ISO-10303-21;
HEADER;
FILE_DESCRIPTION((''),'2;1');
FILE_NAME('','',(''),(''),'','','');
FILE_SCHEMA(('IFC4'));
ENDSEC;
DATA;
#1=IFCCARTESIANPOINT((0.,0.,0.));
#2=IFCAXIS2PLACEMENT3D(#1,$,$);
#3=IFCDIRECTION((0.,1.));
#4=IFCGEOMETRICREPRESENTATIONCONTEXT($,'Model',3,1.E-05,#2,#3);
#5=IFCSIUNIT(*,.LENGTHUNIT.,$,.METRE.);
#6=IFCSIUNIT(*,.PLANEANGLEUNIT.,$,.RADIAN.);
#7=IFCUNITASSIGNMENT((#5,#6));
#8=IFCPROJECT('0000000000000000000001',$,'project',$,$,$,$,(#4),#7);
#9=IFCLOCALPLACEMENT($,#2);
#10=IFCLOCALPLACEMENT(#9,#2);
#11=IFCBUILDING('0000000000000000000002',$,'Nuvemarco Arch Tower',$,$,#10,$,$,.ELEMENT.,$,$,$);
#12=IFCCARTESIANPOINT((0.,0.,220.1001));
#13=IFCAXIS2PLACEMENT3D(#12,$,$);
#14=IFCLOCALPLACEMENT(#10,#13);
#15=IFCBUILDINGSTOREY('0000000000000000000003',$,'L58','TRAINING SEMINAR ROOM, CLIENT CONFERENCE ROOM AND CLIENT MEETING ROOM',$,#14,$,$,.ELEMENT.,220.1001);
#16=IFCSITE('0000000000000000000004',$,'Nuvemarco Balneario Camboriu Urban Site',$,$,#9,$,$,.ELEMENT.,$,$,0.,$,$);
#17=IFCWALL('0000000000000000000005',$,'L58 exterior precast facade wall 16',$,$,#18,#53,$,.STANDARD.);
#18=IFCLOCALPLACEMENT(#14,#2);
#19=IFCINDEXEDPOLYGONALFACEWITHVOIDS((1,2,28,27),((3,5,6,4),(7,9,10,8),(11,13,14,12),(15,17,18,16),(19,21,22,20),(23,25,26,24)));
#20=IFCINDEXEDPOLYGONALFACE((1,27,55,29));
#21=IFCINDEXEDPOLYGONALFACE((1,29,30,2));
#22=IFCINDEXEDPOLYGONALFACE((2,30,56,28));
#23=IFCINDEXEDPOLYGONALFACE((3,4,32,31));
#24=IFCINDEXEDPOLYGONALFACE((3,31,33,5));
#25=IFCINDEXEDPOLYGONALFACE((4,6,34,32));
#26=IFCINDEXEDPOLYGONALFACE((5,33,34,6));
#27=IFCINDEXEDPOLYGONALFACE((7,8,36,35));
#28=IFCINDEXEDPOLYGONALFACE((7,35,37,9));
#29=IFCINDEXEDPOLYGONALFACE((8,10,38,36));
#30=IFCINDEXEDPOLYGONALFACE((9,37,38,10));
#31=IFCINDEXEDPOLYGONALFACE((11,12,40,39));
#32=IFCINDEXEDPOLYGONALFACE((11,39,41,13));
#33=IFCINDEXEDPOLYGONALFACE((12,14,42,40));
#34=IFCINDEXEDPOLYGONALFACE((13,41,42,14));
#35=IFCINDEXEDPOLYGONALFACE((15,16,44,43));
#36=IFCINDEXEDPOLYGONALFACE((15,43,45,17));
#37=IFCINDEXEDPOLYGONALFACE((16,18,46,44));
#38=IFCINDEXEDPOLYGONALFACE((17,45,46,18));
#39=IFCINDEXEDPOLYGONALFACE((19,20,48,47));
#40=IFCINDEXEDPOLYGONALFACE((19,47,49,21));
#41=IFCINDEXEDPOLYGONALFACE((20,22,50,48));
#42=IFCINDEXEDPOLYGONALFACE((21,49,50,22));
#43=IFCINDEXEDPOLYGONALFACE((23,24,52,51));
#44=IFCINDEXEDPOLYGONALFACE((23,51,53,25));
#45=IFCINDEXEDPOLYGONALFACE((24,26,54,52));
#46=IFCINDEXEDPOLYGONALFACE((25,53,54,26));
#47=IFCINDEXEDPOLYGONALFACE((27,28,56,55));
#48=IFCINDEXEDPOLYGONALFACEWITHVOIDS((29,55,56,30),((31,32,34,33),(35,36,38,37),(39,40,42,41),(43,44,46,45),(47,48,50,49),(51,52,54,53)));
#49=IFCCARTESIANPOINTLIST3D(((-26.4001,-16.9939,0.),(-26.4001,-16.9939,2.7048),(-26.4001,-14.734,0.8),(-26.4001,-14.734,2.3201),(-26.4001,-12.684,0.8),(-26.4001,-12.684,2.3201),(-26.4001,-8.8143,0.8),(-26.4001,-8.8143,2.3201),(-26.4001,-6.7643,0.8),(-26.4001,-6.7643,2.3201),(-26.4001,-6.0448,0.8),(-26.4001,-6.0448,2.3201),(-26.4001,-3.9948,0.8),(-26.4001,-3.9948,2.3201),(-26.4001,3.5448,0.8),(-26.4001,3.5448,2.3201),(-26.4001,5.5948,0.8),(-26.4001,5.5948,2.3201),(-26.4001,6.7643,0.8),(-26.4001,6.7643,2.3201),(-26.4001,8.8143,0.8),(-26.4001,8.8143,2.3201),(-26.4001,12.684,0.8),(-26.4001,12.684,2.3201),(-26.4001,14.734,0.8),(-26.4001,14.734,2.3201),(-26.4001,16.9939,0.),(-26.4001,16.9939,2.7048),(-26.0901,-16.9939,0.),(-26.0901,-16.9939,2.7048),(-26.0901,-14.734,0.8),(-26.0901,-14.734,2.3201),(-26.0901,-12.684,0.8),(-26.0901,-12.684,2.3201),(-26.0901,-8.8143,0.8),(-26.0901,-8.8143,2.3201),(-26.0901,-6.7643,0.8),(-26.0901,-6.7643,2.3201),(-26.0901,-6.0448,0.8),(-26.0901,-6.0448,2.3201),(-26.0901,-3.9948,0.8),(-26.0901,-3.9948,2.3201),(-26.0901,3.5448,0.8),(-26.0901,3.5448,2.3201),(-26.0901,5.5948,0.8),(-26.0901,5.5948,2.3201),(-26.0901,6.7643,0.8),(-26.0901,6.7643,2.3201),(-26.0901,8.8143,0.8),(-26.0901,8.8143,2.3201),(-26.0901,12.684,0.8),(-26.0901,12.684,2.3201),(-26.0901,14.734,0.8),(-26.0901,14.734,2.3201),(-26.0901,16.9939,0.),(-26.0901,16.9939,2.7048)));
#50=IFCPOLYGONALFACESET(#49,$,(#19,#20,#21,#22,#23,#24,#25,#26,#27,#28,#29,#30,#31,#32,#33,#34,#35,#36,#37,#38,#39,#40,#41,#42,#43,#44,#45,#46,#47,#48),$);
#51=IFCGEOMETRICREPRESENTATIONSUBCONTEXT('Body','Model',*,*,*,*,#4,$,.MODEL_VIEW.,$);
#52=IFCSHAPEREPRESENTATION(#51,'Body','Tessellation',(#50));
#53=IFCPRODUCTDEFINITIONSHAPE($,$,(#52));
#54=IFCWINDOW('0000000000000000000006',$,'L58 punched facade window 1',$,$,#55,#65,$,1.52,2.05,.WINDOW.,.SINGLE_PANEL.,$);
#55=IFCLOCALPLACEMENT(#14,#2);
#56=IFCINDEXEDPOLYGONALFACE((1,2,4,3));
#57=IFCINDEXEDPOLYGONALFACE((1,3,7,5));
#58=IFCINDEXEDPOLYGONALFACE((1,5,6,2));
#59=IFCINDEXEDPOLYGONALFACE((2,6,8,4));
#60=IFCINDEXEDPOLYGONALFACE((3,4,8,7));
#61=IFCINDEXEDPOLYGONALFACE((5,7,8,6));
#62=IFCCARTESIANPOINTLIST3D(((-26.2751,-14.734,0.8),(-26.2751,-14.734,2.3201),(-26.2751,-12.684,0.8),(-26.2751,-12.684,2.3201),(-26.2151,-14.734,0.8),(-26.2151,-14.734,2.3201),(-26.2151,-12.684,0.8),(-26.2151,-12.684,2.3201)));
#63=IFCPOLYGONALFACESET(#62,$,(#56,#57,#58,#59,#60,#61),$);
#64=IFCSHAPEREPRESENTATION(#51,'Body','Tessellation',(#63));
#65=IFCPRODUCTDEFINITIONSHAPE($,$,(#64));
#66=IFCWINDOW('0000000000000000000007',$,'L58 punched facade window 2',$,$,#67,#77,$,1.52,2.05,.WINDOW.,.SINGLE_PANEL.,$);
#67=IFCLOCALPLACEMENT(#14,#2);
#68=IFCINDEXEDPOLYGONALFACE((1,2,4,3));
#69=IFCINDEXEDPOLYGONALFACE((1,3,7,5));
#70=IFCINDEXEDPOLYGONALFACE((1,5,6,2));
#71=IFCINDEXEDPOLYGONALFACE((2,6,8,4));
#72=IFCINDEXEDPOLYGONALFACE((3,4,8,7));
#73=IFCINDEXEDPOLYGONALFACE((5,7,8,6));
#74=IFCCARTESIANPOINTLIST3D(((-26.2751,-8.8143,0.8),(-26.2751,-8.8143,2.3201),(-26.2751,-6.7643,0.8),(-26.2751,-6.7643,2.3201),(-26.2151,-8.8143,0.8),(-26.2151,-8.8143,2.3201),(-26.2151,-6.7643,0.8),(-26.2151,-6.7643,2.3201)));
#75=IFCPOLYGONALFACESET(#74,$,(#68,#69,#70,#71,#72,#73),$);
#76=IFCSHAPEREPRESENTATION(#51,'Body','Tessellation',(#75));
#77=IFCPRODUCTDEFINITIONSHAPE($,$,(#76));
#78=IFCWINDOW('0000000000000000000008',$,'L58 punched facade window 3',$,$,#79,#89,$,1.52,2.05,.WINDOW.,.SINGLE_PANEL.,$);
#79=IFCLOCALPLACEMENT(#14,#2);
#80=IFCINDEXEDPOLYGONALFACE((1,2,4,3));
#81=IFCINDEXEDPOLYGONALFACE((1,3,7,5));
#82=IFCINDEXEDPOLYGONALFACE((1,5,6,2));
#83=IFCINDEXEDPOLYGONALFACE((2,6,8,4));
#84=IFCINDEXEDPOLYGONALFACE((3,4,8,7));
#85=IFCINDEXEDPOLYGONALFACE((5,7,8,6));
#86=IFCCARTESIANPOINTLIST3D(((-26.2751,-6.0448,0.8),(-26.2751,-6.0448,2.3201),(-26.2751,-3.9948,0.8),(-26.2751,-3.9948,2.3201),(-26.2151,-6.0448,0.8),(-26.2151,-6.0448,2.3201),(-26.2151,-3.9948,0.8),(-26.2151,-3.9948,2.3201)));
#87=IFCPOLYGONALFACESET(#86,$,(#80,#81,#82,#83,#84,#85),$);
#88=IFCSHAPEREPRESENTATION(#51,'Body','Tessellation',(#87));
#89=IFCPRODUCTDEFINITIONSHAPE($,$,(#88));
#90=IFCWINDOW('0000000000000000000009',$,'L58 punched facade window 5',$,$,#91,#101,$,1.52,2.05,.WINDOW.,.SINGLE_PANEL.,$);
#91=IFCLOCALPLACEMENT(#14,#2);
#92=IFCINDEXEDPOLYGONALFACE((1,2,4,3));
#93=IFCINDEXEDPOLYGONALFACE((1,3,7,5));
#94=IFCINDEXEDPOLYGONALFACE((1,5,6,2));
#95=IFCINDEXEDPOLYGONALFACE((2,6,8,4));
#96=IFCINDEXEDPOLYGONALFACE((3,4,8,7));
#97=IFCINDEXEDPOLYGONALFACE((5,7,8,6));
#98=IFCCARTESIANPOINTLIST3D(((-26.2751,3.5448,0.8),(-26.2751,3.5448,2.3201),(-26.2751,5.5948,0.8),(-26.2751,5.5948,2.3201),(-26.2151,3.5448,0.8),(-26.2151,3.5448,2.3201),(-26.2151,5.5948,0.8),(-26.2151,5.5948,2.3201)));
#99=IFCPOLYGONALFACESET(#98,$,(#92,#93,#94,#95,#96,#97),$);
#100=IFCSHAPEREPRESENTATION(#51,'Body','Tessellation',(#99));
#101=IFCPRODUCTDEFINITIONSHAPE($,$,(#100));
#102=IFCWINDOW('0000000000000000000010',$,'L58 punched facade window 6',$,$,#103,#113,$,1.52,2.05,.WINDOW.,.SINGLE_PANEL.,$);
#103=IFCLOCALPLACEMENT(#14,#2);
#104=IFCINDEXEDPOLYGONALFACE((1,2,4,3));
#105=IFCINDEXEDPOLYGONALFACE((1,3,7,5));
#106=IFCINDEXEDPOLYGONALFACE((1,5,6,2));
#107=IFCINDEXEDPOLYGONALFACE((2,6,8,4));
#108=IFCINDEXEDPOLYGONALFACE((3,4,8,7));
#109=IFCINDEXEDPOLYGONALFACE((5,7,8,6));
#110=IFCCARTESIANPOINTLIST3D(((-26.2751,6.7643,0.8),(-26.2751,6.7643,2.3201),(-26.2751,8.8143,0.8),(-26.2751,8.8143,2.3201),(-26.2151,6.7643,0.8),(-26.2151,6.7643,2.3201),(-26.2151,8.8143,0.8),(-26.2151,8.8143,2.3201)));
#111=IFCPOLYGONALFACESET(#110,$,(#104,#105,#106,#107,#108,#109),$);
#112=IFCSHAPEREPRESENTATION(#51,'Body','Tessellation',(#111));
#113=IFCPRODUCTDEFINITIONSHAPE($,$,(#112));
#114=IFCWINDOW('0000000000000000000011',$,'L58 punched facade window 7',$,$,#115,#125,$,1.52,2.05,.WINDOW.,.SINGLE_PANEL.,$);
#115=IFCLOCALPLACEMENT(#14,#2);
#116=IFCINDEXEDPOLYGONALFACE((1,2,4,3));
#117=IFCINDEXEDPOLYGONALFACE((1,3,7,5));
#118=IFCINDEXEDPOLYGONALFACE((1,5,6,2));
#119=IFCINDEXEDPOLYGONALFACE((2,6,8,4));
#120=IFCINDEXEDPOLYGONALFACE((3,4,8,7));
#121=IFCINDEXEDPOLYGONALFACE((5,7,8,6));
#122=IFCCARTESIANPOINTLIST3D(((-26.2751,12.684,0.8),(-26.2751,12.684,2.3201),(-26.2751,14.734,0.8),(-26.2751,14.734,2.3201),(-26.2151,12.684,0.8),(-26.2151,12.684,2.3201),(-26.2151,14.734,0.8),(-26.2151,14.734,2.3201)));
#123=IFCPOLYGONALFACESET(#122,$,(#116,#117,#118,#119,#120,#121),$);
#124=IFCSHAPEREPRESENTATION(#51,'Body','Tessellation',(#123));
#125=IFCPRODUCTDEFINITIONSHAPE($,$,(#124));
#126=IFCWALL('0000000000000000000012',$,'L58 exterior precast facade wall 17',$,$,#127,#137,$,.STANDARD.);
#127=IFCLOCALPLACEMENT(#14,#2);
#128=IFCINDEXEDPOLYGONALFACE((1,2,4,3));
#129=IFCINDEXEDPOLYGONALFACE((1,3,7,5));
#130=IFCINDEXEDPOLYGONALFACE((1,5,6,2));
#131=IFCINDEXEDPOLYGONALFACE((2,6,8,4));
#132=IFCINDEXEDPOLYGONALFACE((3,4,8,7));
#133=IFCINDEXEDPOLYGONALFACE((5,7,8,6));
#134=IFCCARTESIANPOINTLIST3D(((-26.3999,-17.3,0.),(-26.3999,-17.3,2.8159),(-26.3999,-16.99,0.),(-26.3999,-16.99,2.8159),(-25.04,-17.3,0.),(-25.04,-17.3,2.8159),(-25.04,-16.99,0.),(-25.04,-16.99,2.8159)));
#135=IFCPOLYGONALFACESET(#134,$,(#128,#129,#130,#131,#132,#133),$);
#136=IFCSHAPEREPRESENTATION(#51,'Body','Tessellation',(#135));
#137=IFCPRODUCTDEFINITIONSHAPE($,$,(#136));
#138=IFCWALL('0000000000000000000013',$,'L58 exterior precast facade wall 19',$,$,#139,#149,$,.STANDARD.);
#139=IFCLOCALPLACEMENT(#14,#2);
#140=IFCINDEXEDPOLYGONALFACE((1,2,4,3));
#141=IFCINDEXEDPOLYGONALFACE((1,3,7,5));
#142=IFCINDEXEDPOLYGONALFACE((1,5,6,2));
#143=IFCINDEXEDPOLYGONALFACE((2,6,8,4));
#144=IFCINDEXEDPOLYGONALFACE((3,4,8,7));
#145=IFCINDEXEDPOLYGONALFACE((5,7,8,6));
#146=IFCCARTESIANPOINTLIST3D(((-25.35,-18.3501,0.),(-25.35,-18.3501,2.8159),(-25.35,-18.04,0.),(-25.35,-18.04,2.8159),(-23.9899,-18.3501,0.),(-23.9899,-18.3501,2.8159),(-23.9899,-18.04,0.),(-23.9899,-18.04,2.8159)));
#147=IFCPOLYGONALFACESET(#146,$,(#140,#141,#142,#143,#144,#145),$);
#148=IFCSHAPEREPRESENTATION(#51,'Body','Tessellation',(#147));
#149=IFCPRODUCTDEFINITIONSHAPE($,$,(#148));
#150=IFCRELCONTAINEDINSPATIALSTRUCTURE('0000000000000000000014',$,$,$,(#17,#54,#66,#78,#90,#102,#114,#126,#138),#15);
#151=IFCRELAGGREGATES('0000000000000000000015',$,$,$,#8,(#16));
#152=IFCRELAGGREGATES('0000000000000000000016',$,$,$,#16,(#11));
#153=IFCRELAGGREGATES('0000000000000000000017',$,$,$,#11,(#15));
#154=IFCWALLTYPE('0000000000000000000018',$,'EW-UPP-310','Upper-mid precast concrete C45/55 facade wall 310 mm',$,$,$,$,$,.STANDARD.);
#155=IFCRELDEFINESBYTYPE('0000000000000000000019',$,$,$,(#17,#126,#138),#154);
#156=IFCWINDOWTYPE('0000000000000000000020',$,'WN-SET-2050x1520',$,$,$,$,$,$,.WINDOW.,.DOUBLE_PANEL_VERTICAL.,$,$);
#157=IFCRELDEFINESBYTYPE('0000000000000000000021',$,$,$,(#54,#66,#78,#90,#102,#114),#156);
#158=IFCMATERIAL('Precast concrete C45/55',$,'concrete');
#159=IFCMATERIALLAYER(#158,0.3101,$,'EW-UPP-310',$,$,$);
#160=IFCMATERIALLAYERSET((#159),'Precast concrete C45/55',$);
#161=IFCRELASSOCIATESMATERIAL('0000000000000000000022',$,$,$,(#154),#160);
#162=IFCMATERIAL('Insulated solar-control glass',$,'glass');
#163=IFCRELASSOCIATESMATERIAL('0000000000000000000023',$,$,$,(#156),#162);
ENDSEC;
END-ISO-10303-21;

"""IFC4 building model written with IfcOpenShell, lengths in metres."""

from ifc_helpers import new_model, si_unit, direction, frame, frame_2d, origin, place, context, subcontext, project, spatial, rectangle, extrude, source, transform, mapped, material, layer, layer_set, type_object, type_shapes, element, fill, save


model = new_model("IFC4")

# Units and contexts
model_context = context("Model", 3, precision=1e-05, world=origin(), true_north=direction((0.0, 1.0)))
body_context = subcontext(model_context, "Body", "Model", "MODEL_VIEW")
ifc_project = project(units=[si_unit("LENGTHUNIT", "METRE"), si_unit("PLANEANGLEUNIT", "RADIAN")], contexts=[model_context])

# Site, building, storey
site_placement = place(None, origin())
site = spatial("IfcSite", under=ifc_project, at=site_placement, Name="Nuvemarco Balneario Camboriu Urban Site", CompositionType="ELEMENT", RefElevation=0.0)
building_placement = place(site_placement, origin())
building = spatial("IfcBuilding", under=site, at=building_placement, Name="Nuvemarco Arch Tower", CompositionType="ELEMENT")
storey_placement = place(building_placement, frame((0.0, 0.0, 220.1001)))
storey = spatial("IfcBuildingStorey", under=building, at=storey_placement, Name="L58", Description="TRAINING SEMINAR ROOM, CLIENT CONFERENCE ROOM AND CLIENT MEETING ROOM", CompositionType="ELEMENT", Elevation=220.1001)

# Shared definitions
ifc_material_1 = material(Name="Precast concrete C45/55", Category="concrete")

# Wall, openings, windows
ifc_layer_1 = layer(ifc_material_1, 0.3101, Name="EW-UPP-310")
ifc_layer_set_1 = layer_set([ifc_layer_1], Name="Precast concrete C45/55")
wall_type_1 = type_object("IfcWallType", Name="EW-UPP-310", Description="Upper-mid precast concrete C45/55 facade wall 310 mm", PredefinedType="STANDARD", material=ifc_layer_set_1)
wall_1_placement = place(storey_placement, frame((-26.2451, -16.9939, 0.0), z_axis=(0.0, 0.0, 1.0), x_axis=(0.0, 1.0, 0.0)))
wall_1 = element("IfcWall", 1, at=wall_1_placement, inside=storey, type_object=wall_type_1, Name="L58 exterior precast facade wall 16", PredefinedType="STANDARD", context=body_context, shape_type="SweptSolid", body=[
    extrude(rectangle(XDim=33.9878, YDim=0.3101, at=frame_2d((16.9939, 0.0))), origin(), (0.0, 0.0, 1.0), 2.7048),
])
opening_1_placement = place(wall_1_placement, frame((2.26, 0.0, 0.8)))
opening_1 = element("IfcOpeningElement", 2, at=opening_1_placement, cuts=wall_1, PredefinedType="OPENING", context=body_context, shape_type="SweptSolid", body=[
    extrude(rectangle(XDim=2.05, YDim=1.52, at=frame_2d((1.0249, 0.76))), frame((0.0, 0.165, 0.0), z_axis=(0.0, -1.0, 0.0), x_axis=(1.0, 0.0, 0.0)), (0.0, 0.0, 1.0), 0.3301),
])
opening_2_placement = place(wall_1_placement, frame((8.1797, 0.0, 0.8)))
opening_2 = element("IfcOpeningElement", 3, at=opening_2_placement, cuts=wall_1, PredefinedType="OPENING", context=body_context, shape_type="SweptSolid", body=[
    extrude(rectangle(XDim=2.05, YDim=1.52, at=frame_2d((1.0249, 0.76))), frame((0.0, 0.165, 0.0), z_axis=(0.0, -1.0, 0.0), x_axis=(1.0, 0.0, 0.0)), (0.0, 0.0, 1.0), 0.3301),
])
opening_3_placement = place(wall_1_placement, frame((10.9492, 0.0, 0.8)))
opening_3 = element("IfcOpeningElement", 4, at=opening_3_placement, cuts=wall_1, PredefinedType="OPENING", context=body_context, shape_type="SweptSolid", body=[
    extrude(rectangle(XDim=2.05, YDim=1.52, at=frame_2d((1.0249, 0.76))), frame((0.0, 0.165, 0.0), z_axis=(0.0, -1.0, 0.0), x_axis=(1.0, 0.0, 0.0)), (0.0, 0.0, 1.0), 0.3301),
])
opening_4_placement = place(wall_1_placement, frame((20.5388, 0.0, 0.8)))
opening_4 = element("IfcOpeningElement", 5, at=opening_4_placement, cuts=wall_1, PredefinedType="OPENING", context=body_context, shape_type="SweptSolid", body=[
    extrude(rectangle(XDim=2.05, YDim=1.52, at=frame_2d((1.0249, 0.76))), frame((0.0, 0.165, 0.0), z_axis=(0.0, -1.0, 0.0), x_axis=(1.0, 0.0, 0.0)), (0.0, 0.0, 1.0), 0.3301),
])
opening_5_placement = place(wall_1_placement, frame((23.7583, 0.0, 0.8)))
opening_5 = element("IfcOpeningElement", 6, at=opening_5_placement, cuts=wall_1, PredefinedType="OPENING", context=body_context, shape_type="SweptSolid", body=[
    extrude(rectangle(XDim=2.05, YDim=1.52, at=frame_2d((1.0249, 0.76))), frame((0.0, 0.165, 0.0), z_axis=(0.0, -1.0, 0.0), x_axis=(1.0, 0.0, 0.0)), (0.0, 0.0, 1.0), 0.3301),
])
opening_6_placement = place(wall_1_placement, frame((29.678, 0.0, 0.8)))
opening_6 = element("IfcOpeningElement", 7, at=opening_6_placement, cuts=wall_1, PredefinedType="OPENING", context=body_context, shape_type="SweptSolid", body=[
    extrude(rectangle(XDim=2.05, YDim=1.52, at=frame_2d((1.0249, 0.76))), frame((0.0, 0.165, 0.0), z_axis=(0.0, -1.0, 0.0), x_axis=(1.0, 0.0, 0.0)), (0.0, 0.0, 1.0), 0.3301),
])
ifc_material_2 = material(Name="Insulated solar-control glass", Category="glass")
window_type = type_object("IfcWindowType", Name="WN-SET-2050x1520", PartitioningType="DOUBLE_PANEL_VERTICAL", PredefinedType="WINDOW", material=ifc_material_2)
shared_shape_1 = source(origin(), body_context, "Body", "SweptSolid", [
    extrude(rectangle(XDim=2.05, YDim=1.52, at=frame_2d((1.0249, 0.76))), frame((0.0, 0.03, 0.0), z_axis=(0.0, -1.0, 0.0), x_axis=(1.0, 0.0, 0.0)), (0.0, 0.0, 1.0), 0.0601),
])
type_shapes(window_type, [shared_shape_1])
window_1_placement = place(opening_1_placement, origin())
window_1 = element("IfcWindow", 8, at=window_1_placement, inside=storey, type_object=window_type, Name="L58 punched facade window 1", OverallHeight=1.52, OverallWidth=2.05, PartitioningType="SINGLE_PANEL", PredefinedType="WINDOW", context=body_context, shape_type="MappedRepresentation", body=[
    mapped(shared_shape_1, transform((0.0, 0.0, 0.0), scale=1.0)),
])
fill(opening_1, window_1)
window_2_placement = place(opening_2_placement, origin())
window_2 = element("IfcWindow", 9, at=window_2_placement, inside=storey, type_object=window_type, Name="L58 punched facade window 2", OverallHeight=1.52, OverallWidth=2.05, PartitioningType="SINGLE_PANEL", PredefinedType="WINDOW", context=body_context, shape_type="MappedRepresentation", body=[
    mapped(shared_shape_1, transform((0.0, 0.0, 0.0), scale=1.0)),
])
fill(opening_2, window_2)
window_3_placement = place(opening_3_placement, origin())
window_3 = element("IfcWindow", 10, at=window_3_placement, inside=storey, type_object=window_type, Name="L58 punched facade window 3", OverallHeight=1.52, OverallWidth=2.05, PartitioningType="SINGLE_PANEL", PredefinedType="WINDOW", context=body_context, shape_type="MappedRepresentation", body=[
    mapped(shared_shape_1, transform((0.0, 0.0, 0.0), scale=1.0)),
])
fill(opening_3, window_3)
window_4_placement = place(opening_4_placement, origin())
window_4 = element("IfcWindow", 11, at=window_4_placement, inside=storey, type_object=window_type, Name="L58 punched facade window 5", OverallHeight=1.52, OverallWidth=2.05, PartitioningType="SINGLE_PANEL", PredefinedType="WINDOW", context=body_context, shape_type="MappedRepresentation", body=[
    mapped(shared_shape_1, transform((0.0, 0.0, 0.0), scale=1.0)),
])
fill(opening_4, window_4)
window_5_placement = place(opening_5_placement, origin())
window_5 = element("IfcWindow", 12, at=window_5_placement, inside=storey, type_object=window_type, Name="L58 punched facade window 6", OverallHeight=1.52, OverallWidth=2.05, PartitioningType="SINGLE_PANEL", PredefinedType="WINDOW", context=body_context, shape_type="MappedRepresentation", body=[
    mapped(shared_shape_1, transform((0.0, 0.0, 0.0), scale=1.0)),
])
fill(opening_5, window_5)
window_6_placement = place(opening_6_placement, origin())
window_6 = element("IfcWindow", 13, at=window_6_placement, inside=storey, type_object=window_type, Name="L58 punched facade window 7", OverallHeight=1.52, OverallWidth=2.05, PartitioningType="SINGLE_PANEL", PredefinedType="WINDOW", context=body_context, shape_type="MappedRepresentation", body=[
    mapped(shared_shape_1, transform((0.0, 0.0, 0.0), scale=1.0)),
])
fill(opening_6, window_6)

# Walls
wall_2_placement = place(storey_placement, frame((-26.3999, -17.145, 0.0), z_axis=(0.0, 0.0, 1.0), x_axis=(1.0, 0.0, 0.0)))
element("IfcWall", 14, at=wall_2_placement, inside=storey, type_object=wall_type_1, Name="L58 exterior precast facade wall 17", PredefinedType="STANDARD", context=body_context, shape_type="SweptSolid", body=[
    extrude(rectangle(XDim=1.3599, YDim=0.3101, at=frame_2d((0.6799, 0.0))), origin(), (0.0, 0.0, 1.0), 2.8159),
])
wall_3_placement = place(storey_placement, frame((-25.3501, -18.1951, 0.0), z_axis=(0.0, 0.0, 1.0), x_axis=(1.0, 0.0, 0.0)))
element("IfcWall", 15, at=wall_3_placement, inside=storey, type_object=wall_type_1, Name="L58 exterior precast facade wall 19", PredefinedType="STANDARD", context=body_context, shape_type="SweptSolid", body=[
    extrude(rectangle(XDim=1.3601, YDim=0.3101, at=frame_2d((0.6802, 0.0))), origin(), (0.0, 0.0, 1.0), 2.8159),
])

save(model, "model.ifc")
